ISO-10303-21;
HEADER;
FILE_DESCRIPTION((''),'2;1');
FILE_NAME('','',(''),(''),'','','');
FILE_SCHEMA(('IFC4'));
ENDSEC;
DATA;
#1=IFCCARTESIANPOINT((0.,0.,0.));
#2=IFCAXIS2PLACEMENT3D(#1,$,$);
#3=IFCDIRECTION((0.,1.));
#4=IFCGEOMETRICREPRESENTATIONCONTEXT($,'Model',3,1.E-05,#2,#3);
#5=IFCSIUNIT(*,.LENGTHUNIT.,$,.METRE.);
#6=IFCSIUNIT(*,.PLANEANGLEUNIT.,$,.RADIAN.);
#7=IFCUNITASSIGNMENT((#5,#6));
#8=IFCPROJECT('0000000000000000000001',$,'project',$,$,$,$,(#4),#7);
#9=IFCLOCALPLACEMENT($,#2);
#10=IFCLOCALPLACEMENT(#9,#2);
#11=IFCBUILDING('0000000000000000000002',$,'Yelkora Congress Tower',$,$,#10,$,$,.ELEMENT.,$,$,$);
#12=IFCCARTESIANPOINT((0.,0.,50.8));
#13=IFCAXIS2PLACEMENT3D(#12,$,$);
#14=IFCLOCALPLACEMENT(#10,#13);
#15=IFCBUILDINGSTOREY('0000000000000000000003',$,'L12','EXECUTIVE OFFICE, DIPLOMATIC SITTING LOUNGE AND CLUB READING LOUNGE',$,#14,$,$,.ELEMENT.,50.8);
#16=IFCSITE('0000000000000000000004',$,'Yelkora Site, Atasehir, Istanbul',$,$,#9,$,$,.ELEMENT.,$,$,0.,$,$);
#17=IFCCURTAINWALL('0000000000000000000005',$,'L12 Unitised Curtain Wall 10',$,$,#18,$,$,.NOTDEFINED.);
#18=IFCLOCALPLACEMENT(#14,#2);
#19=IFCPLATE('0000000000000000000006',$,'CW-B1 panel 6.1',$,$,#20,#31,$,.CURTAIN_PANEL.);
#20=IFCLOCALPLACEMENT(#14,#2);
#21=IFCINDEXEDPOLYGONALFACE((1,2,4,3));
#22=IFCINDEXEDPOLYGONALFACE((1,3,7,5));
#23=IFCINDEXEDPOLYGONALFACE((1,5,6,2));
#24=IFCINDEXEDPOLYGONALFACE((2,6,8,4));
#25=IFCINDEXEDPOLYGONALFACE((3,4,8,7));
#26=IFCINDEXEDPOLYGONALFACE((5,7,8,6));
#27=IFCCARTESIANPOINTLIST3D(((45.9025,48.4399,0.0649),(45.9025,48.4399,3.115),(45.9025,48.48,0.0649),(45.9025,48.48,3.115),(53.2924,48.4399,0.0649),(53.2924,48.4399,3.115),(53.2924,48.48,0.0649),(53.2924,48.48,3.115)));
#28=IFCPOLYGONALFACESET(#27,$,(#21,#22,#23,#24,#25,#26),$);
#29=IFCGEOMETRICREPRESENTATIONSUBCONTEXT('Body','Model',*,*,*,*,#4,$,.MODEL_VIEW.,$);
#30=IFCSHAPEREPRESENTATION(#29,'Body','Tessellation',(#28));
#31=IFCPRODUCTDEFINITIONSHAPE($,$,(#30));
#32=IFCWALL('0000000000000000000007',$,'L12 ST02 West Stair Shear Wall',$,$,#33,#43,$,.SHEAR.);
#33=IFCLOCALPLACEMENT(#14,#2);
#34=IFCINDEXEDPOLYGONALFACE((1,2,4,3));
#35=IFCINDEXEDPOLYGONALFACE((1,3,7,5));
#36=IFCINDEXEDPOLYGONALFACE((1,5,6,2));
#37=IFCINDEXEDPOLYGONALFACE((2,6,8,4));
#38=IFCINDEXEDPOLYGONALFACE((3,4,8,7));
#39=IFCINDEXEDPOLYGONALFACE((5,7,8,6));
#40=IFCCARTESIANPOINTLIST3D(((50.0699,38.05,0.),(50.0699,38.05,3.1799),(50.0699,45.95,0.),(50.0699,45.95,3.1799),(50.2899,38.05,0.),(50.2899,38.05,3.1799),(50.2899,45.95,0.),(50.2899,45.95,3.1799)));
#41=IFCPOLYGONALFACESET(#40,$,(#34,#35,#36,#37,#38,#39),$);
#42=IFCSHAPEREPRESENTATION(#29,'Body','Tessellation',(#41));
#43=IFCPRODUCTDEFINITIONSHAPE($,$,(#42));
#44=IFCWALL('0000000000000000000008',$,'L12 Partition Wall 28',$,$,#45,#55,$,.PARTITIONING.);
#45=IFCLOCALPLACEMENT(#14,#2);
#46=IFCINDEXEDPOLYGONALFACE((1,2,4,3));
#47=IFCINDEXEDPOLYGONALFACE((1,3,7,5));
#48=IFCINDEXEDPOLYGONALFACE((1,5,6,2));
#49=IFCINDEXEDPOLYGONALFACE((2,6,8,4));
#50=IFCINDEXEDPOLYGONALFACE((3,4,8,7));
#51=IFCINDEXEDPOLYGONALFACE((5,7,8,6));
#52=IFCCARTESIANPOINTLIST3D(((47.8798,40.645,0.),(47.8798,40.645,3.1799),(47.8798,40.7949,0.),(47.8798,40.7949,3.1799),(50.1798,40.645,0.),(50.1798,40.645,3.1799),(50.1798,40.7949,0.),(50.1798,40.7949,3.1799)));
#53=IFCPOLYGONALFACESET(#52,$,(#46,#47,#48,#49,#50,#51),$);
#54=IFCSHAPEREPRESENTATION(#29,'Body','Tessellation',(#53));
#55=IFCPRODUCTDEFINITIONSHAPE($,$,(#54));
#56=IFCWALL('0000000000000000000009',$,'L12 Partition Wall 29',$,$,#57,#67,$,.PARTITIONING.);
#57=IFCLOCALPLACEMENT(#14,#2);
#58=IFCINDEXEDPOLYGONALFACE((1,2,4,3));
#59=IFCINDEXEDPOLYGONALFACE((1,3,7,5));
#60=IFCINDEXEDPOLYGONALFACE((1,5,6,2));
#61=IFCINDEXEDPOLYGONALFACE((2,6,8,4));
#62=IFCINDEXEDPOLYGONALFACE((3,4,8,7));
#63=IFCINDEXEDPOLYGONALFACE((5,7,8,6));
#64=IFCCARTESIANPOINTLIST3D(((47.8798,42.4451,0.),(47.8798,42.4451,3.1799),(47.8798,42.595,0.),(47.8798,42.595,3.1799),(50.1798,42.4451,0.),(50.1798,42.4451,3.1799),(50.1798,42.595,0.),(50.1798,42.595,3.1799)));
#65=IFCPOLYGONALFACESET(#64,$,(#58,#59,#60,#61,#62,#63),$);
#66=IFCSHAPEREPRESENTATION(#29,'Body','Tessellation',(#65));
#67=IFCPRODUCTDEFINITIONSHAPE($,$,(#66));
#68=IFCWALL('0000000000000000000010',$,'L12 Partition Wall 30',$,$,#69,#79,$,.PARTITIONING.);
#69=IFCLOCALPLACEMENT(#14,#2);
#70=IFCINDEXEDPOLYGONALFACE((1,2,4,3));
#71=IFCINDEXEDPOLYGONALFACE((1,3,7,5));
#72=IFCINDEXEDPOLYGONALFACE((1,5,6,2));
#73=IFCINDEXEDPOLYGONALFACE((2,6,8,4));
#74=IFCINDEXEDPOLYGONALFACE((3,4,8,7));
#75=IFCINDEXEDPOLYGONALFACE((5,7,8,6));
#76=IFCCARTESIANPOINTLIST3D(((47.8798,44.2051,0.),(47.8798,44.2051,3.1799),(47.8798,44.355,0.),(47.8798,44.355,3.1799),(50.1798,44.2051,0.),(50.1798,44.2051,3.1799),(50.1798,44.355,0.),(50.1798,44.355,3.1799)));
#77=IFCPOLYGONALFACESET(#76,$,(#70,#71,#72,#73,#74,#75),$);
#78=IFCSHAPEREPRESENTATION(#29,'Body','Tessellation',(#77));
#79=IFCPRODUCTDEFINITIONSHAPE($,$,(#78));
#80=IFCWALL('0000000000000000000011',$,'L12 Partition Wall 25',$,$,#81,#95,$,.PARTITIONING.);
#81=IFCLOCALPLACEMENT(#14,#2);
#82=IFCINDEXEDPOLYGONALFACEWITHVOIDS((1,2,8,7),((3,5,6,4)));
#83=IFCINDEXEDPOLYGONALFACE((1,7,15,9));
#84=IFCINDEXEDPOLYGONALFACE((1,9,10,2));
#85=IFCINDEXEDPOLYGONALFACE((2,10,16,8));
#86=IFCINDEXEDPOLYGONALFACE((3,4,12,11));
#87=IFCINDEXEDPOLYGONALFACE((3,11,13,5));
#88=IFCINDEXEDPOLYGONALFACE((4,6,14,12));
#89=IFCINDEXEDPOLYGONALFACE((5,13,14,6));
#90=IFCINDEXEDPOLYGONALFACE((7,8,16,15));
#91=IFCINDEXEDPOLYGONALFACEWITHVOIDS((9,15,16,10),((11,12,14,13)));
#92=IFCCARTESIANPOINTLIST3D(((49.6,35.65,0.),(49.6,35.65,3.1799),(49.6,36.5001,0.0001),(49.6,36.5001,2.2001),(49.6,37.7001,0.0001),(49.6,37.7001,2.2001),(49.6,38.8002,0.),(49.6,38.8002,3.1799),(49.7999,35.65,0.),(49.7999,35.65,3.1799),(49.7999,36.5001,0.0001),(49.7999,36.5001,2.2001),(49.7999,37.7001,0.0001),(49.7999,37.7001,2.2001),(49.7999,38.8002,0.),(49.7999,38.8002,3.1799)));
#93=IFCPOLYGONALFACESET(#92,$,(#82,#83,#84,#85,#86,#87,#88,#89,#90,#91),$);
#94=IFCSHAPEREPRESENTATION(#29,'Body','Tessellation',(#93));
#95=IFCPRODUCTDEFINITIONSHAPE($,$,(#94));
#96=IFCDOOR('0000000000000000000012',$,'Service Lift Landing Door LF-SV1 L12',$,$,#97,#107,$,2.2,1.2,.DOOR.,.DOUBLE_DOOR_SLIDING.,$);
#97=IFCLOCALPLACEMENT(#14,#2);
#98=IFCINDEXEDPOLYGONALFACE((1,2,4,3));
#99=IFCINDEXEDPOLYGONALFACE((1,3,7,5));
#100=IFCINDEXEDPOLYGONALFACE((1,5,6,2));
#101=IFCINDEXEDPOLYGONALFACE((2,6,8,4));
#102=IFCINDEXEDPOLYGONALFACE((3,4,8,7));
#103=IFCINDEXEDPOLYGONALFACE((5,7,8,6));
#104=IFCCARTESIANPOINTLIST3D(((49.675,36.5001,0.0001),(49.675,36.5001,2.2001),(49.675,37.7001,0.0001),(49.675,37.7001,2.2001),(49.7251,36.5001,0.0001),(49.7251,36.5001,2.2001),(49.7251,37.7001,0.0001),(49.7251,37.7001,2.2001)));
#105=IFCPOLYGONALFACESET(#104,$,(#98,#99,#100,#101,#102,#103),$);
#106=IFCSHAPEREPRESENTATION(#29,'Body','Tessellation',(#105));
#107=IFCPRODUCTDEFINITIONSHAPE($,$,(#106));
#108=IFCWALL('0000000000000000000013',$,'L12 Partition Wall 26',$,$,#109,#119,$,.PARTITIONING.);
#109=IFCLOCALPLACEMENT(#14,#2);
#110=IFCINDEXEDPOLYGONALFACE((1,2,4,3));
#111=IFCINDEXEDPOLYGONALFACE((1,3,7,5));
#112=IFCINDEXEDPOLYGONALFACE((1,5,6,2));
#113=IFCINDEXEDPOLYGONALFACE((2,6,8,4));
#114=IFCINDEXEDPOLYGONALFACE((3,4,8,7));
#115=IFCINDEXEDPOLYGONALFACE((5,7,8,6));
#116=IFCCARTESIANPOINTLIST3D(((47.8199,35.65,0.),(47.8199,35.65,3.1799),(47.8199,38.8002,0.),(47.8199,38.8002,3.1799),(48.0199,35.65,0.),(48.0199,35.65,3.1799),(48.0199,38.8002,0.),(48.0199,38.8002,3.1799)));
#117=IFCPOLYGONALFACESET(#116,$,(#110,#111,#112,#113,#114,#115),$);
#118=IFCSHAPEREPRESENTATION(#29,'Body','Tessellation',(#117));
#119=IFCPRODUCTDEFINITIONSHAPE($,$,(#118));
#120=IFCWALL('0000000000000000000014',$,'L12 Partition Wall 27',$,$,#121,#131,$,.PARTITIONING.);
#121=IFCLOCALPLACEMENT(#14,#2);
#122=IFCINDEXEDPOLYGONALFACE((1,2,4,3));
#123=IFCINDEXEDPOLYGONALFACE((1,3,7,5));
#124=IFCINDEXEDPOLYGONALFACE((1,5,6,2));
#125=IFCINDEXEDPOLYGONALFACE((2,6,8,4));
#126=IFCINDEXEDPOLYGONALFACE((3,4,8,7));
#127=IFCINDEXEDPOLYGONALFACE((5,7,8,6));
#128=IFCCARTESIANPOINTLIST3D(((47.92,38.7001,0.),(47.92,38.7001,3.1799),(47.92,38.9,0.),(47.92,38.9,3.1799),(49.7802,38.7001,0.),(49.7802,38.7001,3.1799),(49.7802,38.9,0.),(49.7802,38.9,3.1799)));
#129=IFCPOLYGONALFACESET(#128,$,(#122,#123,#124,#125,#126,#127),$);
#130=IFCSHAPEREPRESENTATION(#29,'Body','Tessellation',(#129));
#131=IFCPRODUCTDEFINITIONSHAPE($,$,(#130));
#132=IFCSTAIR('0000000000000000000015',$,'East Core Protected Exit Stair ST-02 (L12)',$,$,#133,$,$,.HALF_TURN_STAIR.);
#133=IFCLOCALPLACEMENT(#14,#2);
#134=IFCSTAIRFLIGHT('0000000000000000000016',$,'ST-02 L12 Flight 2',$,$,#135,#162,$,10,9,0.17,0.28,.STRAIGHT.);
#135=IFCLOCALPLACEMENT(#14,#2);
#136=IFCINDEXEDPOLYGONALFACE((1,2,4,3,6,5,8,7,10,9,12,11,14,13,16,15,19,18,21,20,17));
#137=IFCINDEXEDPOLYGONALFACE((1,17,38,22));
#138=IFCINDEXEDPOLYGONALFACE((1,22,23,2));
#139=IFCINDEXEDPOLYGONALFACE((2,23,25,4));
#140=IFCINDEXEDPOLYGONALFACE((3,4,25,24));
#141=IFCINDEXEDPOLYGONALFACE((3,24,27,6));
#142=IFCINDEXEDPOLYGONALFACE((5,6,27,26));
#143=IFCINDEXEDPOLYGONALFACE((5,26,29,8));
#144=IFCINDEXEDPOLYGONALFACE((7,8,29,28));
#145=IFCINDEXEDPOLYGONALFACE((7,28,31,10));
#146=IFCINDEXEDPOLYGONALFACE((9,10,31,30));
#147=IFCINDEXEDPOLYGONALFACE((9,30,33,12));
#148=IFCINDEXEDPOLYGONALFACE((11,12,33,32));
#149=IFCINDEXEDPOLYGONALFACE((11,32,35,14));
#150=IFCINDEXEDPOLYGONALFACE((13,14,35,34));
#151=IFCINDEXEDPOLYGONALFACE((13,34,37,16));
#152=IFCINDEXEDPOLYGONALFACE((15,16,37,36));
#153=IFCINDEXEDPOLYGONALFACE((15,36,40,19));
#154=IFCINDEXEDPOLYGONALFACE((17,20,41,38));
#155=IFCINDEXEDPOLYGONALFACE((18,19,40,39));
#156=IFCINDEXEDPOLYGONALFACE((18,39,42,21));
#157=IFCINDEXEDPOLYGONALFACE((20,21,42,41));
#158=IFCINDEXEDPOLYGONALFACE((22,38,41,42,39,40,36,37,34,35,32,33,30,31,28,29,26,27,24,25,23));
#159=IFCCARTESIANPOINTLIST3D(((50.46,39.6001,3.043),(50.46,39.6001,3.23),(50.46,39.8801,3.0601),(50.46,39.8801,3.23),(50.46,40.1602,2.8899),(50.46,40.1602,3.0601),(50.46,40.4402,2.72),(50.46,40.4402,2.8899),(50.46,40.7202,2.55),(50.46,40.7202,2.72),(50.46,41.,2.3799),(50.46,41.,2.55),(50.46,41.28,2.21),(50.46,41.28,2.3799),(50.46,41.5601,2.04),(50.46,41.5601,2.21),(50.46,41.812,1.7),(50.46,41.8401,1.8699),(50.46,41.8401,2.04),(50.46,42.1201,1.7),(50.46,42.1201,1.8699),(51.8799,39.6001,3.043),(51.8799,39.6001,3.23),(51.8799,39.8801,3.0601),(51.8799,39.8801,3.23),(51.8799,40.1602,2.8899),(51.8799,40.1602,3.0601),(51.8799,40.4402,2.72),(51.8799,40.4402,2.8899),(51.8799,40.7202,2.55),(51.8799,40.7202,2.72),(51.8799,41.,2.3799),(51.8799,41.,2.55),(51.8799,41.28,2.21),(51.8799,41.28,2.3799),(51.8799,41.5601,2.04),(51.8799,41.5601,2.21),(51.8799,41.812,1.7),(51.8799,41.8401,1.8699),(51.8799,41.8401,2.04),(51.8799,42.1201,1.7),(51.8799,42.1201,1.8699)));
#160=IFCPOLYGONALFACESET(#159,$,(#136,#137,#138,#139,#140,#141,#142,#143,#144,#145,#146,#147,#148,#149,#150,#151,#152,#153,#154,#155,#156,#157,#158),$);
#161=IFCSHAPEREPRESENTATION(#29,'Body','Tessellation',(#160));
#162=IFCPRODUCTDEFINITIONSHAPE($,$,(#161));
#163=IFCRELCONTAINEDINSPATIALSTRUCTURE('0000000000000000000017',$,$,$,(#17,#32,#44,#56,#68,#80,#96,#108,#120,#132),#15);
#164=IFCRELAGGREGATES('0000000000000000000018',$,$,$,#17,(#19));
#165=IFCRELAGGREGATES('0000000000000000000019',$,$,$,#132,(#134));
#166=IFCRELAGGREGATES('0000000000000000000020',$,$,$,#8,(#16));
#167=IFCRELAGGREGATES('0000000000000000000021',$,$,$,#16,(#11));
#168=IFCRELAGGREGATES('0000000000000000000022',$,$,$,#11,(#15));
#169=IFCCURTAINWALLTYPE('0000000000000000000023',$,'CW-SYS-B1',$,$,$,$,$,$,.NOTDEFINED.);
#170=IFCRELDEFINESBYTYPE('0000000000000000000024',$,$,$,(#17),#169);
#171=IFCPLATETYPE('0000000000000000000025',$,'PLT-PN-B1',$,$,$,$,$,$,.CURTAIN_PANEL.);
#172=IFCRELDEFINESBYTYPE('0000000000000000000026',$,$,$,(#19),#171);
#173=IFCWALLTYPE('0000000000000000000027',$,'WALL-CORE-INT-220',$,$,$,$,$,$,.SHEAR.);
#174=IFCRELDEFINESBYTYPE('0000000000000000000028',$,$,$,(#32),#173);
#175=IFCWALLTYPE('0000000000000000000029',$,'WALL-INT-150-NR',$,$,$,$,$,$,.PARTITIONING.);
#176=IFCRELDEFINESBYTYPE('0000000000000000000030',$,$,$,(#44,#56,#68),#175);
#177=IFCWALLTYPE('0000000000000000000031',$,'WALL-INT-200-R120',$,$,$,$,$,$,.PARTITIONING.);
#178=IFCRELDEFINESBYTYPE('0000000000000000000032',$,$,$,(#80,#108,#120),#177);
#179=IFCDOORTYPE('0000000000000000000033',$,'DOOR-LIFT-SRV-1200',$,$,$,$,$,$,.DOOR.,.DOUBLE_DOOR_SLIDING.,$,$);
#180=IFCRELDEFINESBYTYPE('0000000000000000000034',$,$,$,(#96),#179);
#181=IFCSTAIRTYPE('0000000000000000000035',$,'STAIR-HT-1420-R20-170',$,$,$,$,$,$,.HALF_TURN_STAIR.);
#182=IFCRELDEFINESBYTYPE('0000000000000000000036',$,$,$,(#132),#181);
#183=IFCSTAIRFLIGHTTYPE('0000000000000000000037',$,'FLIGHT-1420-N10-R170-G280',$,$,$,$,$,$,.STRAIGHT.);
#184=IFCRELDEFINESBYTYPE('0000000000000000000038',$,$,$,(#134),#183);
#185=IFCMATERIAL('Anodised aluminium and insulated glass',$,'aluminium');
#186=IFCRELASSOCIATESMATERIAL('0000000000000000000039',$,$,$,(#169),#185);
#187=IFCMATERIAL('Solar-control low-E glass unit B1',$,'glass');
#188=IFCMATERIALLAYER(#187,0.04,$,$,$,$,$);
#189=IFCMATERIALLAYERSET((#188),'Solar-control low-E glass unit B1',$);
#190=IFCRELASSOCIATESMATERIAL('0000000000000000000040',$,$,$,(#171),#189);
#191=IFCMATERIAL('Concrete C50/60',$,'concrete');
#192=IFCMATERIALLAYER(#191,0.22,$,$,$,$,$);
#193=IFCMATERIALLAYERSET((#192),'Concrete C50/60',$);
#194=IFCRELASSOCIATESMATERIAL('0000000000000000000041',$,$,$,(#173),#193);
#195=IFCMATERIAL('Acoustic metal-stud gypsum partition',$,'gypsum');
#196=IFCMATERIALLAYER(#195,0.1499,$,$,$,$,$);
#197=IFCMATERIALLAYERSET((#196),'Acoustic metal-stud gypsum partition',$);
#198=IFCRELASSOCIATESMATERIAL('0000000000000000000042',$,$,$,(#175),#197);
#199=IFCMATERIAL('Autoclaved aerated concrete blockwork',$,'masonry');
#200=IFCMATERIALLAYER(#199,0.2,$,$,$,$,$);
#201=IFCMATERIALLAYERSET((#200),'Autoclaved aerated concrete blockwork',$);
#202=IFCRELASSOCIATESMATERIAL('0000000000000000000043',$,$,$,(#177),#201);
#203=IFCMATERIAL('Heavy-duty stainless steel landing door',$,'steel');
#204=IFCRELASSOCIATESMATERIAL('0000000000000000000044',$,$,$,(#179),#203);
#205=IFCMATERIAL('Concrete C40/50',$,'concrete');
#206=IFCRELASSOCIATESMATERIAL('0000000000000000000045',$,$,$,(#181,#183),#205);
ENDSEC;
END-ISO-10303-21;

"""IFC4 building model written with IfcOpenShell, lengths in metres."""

from ifc_helpers import new_model, si_unit, direction, frame, frame_2d, origin, origin_2d, place, context, subcontext, project, spatial, polyline, rectangle, outline, extrude, material, layer, layer_set, type_object, element, fill, aggregate, save


model = new_model("IFC4")

# Units and contexts
model_context = context("Model", 3, precision=1e-05, world=origin(), true_north=direction((0.0, 1.0)))
body_context = subcontext(model_context, "Body", "Model", "MODEL_VIEW")
ifc_project = project(units=[si_unit("LENGTHUNIT", "METRE"), si_unit("PLANEANGLEUNIT", "RADIAN")], contexts=[model_context])

# Site, building, storey
site_placement = place(None, origin())
site = spatial("IfcSite", under=ifc_project, at=site_placement, Name="Yelkora Site, Atasehir, Istanbul", CompositionType="ELEMENT", RefElevation=0.0)
building_placement = place(site_placement, origin())
building = spatial("IfcBuilding", under=site, at=building_placement, Name="Yelkora Congress Tower", CompositionType="ELEMENT")
storey_placement = place(building_placement, frame((0.0, 0.0, 50.8)))
storey = spatial("IfcBuildingStorey", under=building, at=storey_placement, Name="L12", Description="EXECUTIVE OFFICE, DIPLOMATIC SITTING LOUNGE AND CLUB READING LOUNGE", CompositionType="ELEMENT", Elevation=50.8)

# Curtain wall, plate
ifc_material_1 = material(Name="Anodised aluminium and insulated glass", Category="aluminium")
curtain_wall_type = type_object("IfcCurtainWallType", Name="CW-SYS-B1", PredefinedType="NOTDEFINED", material=ifc_material_1)
curtain_wall_placement = place(storey_placement, origin())
curtain_wall = element("IfcCurtainWall", 1, at=curtain_wall_placement, inside=storey, type_object=curtain_wall_type, Name="L12 Unitised Curtain Wall 10", PredefinedType="NOTDEFINED")
ifc_material_2 = material(Name="Solar-control low-E glass unit B1", Category="glass")
ifc_layer_1 = layer(ifc_material_2, 0.04)
ifc_layer_set_1 = layer_set([ifc_layer_1], Name="Solar-control low-E glass unit B1")
plate_type = type_object("IfcPlateType", Name="PLT-PN-B1", PredefinedType="CURTAIN_PANEL", material=ifc_layer_set_1)
plate_placement = place(storey_placement, frame((49.5974, 48.46, 0.0649), z_axis=(0.0, 0.0, 1.0), x_axis=(1.0, 0.0, 0.0)))
plate = element("IfcPlate", 2, at=plate_placement, type_object=plate_type, Name="CW-B1 panel 6.1", PredefinedType="CURTAIN_PANEL", context=body_context, shape_type="SweptSolid", body=[
    extrude(rectangle(XDim=7.3899, YDim=0.04, at=origin_2d()), origin(), (0.0, 0.0, 1.0), 3.05),
])
aggregate(curtain_wall, [plate])

# Walls
ifc_material_3 = material(Name="Concrete C50/60", Category="concrete")
ifc_layer_2 = layer(ifc_material_3, 0.22)
ifc_layer_set_2 = layer_set([ifc_layer_2], Name="Concrete C50/60")
wall_type_1 = type_object("IfcWallType", Name="WALL-CORE-INT-220", PredefinedType="SHEAR", material=ifc_layer_set_2)
wall_1_placement = place(storey_placement, frame((50.1799, 38.05, 0.0), z_axis=(0.0, 0.0, 1.0), x_axis=(0.0, 1.0, 0.0)))
element("IfcWall", 3, at=wall_1_placement, inside=storey, type_object=wall_type_1, Name="L12 ST02 West Stair Shear Wall", PredefinedType="SHEAR", context=body_context, shape_type="SweptSolid", body=[
    extrude(rectangle(XDim=7.8999, YDim=0.22, at=frame_2d((3.95, 0.0))), origin(), (0.0, 0.0, 1.0), 3.1799),
])
ifc_material_4 = material(Name="Acoustic metal-stud gypsum partition", Category="gypsum")
ifc_layer_3 = layer(ifc_material_4, 0.1499)
ifc_layer_set_3 = layer_set([ifc_layer_3], Name="Acoustic metal-stud gypsum partition")
wall_type_2 = type_object("IfcWallType", Name="WALL-INT-150-NR", PredefinedType="PARTITIONING", material=ifc_layer_set_3)
for number, where, z_axis, x_axis, name in (
    (4, (47.8799, 40.72, 0.0), (0.0, 0.0, 1.0), (1.0, 0.0, 0.0), "L12 Partition Wall 28"),
    (5, (47.8799, 42.52, 0.0), (0.0, 0.0, 1.0), (1.0, 0.0, 0.0), "L12 Partition Wall 29"),
    (6, (47.8799, 44.28, 0.0), (0.0, 0.0, 1.0), (1.0, 0.0, 0.0), "L12 Partition Wall 30"),
):
    element("IfcWall", number, at=place(storey_placement, frame(where, z_axis=z_axis, x_axis=x_axis)), inside=storey, type_object=wall_type_2, Name=name, PredefinedType="PARTITIONING", context=body_context, shape_type="SweptSolid", body=[
        extrude(rectangle(XDim=2.3, YDim=0.1499, at=frame_2d((1.1499, 0.0))), origin(), (0.0, 0.0, 1.0), 3.1799),
    ])

# Wall, opening, door
ifc_material_5 = material(Name="Autoclaved aerated concrete blockwork", Category="masonry")
ifc_layer_4 = layer(ifc_material_5, 0.2)
ifc_layer_set_4 = layer_set([ifc_layer_4], Name="Autoclaved aerated concrete blockwork")
wall_type_3 = type_object("IfcWallType", Name="WALL-INT-200-R120", PredefinedType="PARTITIONING", material=ifc_layer_set_4)
wall_2_placement = place(storey_placement, frame((49.7, 35.6499, 0.0), z_axis=(0.0, 0.0, 1.0), x_axis=(0.0, 1.0, 0.0)))
wall_2 = element("IfcWall", 7, at=wall_2_placement, inside=storey, type_object=wall_type_3, Name="L12 Partition Wall 25", PredefinedType="PARTITIONING", context=body_context, shape_type="SweptSolid", body=[
    extrude(rectangle(XDim=3.1501, YDim=0.2, at=frame_2d((1.5752, 0.0))), origin(), (0.0, 0.0, 1.0), 3.1799),
])
opening_1_placement = place(wall_2_placement, frame((0.8501, 0.0, 0.0)))
opening_1 = element("IfcOpeningElement", 8, at=opening_1_placement, cuts=wall_2, PredefinedType="OPENING", context=body_context, shape_type="SweptSolid", body=[
    extrude(rectangle(XDim=1.2, YDim=2.2, at=frame_2d((0.6001, 1.1001))), frame((0.0, 0.1099, 0.0), z_axis=(0.0, -1.0, 0.0), x_axis=(1.0, 0.0, 0.0)), (0.0, 0.0, 1.0), 0.22),
])
ifc_material_6 = material(Name="Heavy-duty stainless steel landing door", Category="steel")
door_type_1 = type_object("IfcDoorType", Name="DOOR-LIFT-SRV-1200", OperationType="DOUBLE_DOOR_SLIDING", PredefinedType="DOOR", material=ifc_material_6)
door_1_placement = place(opening_1_placement, origin())
door_1 = element("IfcDoor", 9, at=door_1_placement, inside=storey, type_object=door_type_1, Name="Service Lift Landing Door LF-SV1 L12", OperationType="DOUBLE_DOOR_SLIDING", OverallHeight=2.2, OverallWidth=1.2, PredefinedType="DOOR", context=body_context, shape_type="SweptSolid", body=[
    extrude(rectangle(XDim=1.2, YDim=2.2, at=frame_2d((0.6001, 1.1001))), frame((0.0, 0.0249, 0.0), z_axis=(0.0, -1.0, 0.0), x_axis=(1.0, 0.0, 0.0)), (0.0, 0.0, 1.0), 0.05),
])
fill(opening_1, door_1)

# Walls
wall_3_placement = place(storey_placement, frame((47.9199, 35.6499, 0.0), z_axis=(0.0, 0.0, 1.0), x_axis=(0.0, 1.0, 0.0)))
element("IfcWall", 10, at=wall_3_placement, inside=storey, type_object=wall_type_3, Name="L12 Partition Wall 26", PredefinedType="PARTITIONING", context=body_context, shape_type="SweptSolid", body=[
    extrude(rectangle(XDim=3.1501, YDim=0.2, at=frame_2d((1.5752, 0.0))), origin(), (0.0, 0.0, 1.0), 3.1799),
])
wall_4_placement = place(storey_placement, frame((47.9199, 38.8, 0.0), z_axis=(0.0, 0.0, 1.0), x_axis=(1.0, 0.0, 0.0)))
element("IfcWall", 11, at=wall_4_placement, inside=storey, type_object=wall_type_3, Name="L12 Partition Wall 27", PredefinedType="PARTITIONING", context=body_context, shape_type="SweptSolid", body=[
    extrude(rectangle(XDim=1.8601, YDim=0.2, at=frame_2d((0.9302, 0.0))), origin(), (0.0, 0.0, 1.0), 3.1799),
])

# Stair, stair flight
ifc_material_7 = material(Name="Concrete C40/50", Category="concrete")
stair_type = type_object("IfcStairType", Name="STAIR-HT-1420-R20-170", PredefinedType="HALF_TURN_STAIR", material=ifc_material_7)
stair_placement = place(storey_placement, origin())
stair = element("IfcStair", 12, at=stair_placement, inside=storey, type_object=stair_type, Name="East Core Protected Exit Stair ST-02 (L12)", PredefinedType="HALF_TURN_STAIR")
stair_flight_type = type_object("IfcStairFlightType", Name="FLIGHT-1420-N10-R170-G280", PredefinedType="STRAIGHT", material=ifc_material_7)
stair_flight_placement = place(storey_placement, frame((51.1699, 42.1201, 1.7), z_axis=(0.0, 0.0, 1.0), x_axis=(0.0, -1.0, 0.0)))
stair_flight = element("IfcStairFlight", 13, at=stair_flight_placement, type_object=stair_flight_type, Name="ST-02 L12 Flight 2", NumberOfRisers=10, NumberOfTreads=9, PredefinedType="STRAIGHT", RiserHeight=0.17, TreadLength=0.28, context=body_context, shape_type="SweptSolid", body=[
    extrude(outline(polyline([(0.0, 0.0), (0.0, 0.1699), (0.28, 0.1699), (0.28, 0.3401), (0.5601, 0.3401), (0.5601, 0.51), (0.8401, 0.51), (0.8401, 0.6799), (1.1201, 0.6799), (1.1201, 0.8501), (1.3999, 0.8501), (1.3999, 1.02), (1.6799, 1.02), (1.6799, 1.1899), (1.96, 1.1899), (1.96, 1.3601), (2.24, 1.3601), (2.24, 1.53), (2.52, 1.53), (2.52, 1.7), (2.52, 1.343), (0.3081, 0.0), (0.0, 0.0)])), frame((0.0, 0.71, 0.0), z_axis=(0.0, -1.0, 0.0), x_axis=(1.0, 0.0, 0.0)), (0.0, 0.0, 1.0), 1.4199),
])
aggregate(stair, [stair_flight])

save(model, "model.ifc")
